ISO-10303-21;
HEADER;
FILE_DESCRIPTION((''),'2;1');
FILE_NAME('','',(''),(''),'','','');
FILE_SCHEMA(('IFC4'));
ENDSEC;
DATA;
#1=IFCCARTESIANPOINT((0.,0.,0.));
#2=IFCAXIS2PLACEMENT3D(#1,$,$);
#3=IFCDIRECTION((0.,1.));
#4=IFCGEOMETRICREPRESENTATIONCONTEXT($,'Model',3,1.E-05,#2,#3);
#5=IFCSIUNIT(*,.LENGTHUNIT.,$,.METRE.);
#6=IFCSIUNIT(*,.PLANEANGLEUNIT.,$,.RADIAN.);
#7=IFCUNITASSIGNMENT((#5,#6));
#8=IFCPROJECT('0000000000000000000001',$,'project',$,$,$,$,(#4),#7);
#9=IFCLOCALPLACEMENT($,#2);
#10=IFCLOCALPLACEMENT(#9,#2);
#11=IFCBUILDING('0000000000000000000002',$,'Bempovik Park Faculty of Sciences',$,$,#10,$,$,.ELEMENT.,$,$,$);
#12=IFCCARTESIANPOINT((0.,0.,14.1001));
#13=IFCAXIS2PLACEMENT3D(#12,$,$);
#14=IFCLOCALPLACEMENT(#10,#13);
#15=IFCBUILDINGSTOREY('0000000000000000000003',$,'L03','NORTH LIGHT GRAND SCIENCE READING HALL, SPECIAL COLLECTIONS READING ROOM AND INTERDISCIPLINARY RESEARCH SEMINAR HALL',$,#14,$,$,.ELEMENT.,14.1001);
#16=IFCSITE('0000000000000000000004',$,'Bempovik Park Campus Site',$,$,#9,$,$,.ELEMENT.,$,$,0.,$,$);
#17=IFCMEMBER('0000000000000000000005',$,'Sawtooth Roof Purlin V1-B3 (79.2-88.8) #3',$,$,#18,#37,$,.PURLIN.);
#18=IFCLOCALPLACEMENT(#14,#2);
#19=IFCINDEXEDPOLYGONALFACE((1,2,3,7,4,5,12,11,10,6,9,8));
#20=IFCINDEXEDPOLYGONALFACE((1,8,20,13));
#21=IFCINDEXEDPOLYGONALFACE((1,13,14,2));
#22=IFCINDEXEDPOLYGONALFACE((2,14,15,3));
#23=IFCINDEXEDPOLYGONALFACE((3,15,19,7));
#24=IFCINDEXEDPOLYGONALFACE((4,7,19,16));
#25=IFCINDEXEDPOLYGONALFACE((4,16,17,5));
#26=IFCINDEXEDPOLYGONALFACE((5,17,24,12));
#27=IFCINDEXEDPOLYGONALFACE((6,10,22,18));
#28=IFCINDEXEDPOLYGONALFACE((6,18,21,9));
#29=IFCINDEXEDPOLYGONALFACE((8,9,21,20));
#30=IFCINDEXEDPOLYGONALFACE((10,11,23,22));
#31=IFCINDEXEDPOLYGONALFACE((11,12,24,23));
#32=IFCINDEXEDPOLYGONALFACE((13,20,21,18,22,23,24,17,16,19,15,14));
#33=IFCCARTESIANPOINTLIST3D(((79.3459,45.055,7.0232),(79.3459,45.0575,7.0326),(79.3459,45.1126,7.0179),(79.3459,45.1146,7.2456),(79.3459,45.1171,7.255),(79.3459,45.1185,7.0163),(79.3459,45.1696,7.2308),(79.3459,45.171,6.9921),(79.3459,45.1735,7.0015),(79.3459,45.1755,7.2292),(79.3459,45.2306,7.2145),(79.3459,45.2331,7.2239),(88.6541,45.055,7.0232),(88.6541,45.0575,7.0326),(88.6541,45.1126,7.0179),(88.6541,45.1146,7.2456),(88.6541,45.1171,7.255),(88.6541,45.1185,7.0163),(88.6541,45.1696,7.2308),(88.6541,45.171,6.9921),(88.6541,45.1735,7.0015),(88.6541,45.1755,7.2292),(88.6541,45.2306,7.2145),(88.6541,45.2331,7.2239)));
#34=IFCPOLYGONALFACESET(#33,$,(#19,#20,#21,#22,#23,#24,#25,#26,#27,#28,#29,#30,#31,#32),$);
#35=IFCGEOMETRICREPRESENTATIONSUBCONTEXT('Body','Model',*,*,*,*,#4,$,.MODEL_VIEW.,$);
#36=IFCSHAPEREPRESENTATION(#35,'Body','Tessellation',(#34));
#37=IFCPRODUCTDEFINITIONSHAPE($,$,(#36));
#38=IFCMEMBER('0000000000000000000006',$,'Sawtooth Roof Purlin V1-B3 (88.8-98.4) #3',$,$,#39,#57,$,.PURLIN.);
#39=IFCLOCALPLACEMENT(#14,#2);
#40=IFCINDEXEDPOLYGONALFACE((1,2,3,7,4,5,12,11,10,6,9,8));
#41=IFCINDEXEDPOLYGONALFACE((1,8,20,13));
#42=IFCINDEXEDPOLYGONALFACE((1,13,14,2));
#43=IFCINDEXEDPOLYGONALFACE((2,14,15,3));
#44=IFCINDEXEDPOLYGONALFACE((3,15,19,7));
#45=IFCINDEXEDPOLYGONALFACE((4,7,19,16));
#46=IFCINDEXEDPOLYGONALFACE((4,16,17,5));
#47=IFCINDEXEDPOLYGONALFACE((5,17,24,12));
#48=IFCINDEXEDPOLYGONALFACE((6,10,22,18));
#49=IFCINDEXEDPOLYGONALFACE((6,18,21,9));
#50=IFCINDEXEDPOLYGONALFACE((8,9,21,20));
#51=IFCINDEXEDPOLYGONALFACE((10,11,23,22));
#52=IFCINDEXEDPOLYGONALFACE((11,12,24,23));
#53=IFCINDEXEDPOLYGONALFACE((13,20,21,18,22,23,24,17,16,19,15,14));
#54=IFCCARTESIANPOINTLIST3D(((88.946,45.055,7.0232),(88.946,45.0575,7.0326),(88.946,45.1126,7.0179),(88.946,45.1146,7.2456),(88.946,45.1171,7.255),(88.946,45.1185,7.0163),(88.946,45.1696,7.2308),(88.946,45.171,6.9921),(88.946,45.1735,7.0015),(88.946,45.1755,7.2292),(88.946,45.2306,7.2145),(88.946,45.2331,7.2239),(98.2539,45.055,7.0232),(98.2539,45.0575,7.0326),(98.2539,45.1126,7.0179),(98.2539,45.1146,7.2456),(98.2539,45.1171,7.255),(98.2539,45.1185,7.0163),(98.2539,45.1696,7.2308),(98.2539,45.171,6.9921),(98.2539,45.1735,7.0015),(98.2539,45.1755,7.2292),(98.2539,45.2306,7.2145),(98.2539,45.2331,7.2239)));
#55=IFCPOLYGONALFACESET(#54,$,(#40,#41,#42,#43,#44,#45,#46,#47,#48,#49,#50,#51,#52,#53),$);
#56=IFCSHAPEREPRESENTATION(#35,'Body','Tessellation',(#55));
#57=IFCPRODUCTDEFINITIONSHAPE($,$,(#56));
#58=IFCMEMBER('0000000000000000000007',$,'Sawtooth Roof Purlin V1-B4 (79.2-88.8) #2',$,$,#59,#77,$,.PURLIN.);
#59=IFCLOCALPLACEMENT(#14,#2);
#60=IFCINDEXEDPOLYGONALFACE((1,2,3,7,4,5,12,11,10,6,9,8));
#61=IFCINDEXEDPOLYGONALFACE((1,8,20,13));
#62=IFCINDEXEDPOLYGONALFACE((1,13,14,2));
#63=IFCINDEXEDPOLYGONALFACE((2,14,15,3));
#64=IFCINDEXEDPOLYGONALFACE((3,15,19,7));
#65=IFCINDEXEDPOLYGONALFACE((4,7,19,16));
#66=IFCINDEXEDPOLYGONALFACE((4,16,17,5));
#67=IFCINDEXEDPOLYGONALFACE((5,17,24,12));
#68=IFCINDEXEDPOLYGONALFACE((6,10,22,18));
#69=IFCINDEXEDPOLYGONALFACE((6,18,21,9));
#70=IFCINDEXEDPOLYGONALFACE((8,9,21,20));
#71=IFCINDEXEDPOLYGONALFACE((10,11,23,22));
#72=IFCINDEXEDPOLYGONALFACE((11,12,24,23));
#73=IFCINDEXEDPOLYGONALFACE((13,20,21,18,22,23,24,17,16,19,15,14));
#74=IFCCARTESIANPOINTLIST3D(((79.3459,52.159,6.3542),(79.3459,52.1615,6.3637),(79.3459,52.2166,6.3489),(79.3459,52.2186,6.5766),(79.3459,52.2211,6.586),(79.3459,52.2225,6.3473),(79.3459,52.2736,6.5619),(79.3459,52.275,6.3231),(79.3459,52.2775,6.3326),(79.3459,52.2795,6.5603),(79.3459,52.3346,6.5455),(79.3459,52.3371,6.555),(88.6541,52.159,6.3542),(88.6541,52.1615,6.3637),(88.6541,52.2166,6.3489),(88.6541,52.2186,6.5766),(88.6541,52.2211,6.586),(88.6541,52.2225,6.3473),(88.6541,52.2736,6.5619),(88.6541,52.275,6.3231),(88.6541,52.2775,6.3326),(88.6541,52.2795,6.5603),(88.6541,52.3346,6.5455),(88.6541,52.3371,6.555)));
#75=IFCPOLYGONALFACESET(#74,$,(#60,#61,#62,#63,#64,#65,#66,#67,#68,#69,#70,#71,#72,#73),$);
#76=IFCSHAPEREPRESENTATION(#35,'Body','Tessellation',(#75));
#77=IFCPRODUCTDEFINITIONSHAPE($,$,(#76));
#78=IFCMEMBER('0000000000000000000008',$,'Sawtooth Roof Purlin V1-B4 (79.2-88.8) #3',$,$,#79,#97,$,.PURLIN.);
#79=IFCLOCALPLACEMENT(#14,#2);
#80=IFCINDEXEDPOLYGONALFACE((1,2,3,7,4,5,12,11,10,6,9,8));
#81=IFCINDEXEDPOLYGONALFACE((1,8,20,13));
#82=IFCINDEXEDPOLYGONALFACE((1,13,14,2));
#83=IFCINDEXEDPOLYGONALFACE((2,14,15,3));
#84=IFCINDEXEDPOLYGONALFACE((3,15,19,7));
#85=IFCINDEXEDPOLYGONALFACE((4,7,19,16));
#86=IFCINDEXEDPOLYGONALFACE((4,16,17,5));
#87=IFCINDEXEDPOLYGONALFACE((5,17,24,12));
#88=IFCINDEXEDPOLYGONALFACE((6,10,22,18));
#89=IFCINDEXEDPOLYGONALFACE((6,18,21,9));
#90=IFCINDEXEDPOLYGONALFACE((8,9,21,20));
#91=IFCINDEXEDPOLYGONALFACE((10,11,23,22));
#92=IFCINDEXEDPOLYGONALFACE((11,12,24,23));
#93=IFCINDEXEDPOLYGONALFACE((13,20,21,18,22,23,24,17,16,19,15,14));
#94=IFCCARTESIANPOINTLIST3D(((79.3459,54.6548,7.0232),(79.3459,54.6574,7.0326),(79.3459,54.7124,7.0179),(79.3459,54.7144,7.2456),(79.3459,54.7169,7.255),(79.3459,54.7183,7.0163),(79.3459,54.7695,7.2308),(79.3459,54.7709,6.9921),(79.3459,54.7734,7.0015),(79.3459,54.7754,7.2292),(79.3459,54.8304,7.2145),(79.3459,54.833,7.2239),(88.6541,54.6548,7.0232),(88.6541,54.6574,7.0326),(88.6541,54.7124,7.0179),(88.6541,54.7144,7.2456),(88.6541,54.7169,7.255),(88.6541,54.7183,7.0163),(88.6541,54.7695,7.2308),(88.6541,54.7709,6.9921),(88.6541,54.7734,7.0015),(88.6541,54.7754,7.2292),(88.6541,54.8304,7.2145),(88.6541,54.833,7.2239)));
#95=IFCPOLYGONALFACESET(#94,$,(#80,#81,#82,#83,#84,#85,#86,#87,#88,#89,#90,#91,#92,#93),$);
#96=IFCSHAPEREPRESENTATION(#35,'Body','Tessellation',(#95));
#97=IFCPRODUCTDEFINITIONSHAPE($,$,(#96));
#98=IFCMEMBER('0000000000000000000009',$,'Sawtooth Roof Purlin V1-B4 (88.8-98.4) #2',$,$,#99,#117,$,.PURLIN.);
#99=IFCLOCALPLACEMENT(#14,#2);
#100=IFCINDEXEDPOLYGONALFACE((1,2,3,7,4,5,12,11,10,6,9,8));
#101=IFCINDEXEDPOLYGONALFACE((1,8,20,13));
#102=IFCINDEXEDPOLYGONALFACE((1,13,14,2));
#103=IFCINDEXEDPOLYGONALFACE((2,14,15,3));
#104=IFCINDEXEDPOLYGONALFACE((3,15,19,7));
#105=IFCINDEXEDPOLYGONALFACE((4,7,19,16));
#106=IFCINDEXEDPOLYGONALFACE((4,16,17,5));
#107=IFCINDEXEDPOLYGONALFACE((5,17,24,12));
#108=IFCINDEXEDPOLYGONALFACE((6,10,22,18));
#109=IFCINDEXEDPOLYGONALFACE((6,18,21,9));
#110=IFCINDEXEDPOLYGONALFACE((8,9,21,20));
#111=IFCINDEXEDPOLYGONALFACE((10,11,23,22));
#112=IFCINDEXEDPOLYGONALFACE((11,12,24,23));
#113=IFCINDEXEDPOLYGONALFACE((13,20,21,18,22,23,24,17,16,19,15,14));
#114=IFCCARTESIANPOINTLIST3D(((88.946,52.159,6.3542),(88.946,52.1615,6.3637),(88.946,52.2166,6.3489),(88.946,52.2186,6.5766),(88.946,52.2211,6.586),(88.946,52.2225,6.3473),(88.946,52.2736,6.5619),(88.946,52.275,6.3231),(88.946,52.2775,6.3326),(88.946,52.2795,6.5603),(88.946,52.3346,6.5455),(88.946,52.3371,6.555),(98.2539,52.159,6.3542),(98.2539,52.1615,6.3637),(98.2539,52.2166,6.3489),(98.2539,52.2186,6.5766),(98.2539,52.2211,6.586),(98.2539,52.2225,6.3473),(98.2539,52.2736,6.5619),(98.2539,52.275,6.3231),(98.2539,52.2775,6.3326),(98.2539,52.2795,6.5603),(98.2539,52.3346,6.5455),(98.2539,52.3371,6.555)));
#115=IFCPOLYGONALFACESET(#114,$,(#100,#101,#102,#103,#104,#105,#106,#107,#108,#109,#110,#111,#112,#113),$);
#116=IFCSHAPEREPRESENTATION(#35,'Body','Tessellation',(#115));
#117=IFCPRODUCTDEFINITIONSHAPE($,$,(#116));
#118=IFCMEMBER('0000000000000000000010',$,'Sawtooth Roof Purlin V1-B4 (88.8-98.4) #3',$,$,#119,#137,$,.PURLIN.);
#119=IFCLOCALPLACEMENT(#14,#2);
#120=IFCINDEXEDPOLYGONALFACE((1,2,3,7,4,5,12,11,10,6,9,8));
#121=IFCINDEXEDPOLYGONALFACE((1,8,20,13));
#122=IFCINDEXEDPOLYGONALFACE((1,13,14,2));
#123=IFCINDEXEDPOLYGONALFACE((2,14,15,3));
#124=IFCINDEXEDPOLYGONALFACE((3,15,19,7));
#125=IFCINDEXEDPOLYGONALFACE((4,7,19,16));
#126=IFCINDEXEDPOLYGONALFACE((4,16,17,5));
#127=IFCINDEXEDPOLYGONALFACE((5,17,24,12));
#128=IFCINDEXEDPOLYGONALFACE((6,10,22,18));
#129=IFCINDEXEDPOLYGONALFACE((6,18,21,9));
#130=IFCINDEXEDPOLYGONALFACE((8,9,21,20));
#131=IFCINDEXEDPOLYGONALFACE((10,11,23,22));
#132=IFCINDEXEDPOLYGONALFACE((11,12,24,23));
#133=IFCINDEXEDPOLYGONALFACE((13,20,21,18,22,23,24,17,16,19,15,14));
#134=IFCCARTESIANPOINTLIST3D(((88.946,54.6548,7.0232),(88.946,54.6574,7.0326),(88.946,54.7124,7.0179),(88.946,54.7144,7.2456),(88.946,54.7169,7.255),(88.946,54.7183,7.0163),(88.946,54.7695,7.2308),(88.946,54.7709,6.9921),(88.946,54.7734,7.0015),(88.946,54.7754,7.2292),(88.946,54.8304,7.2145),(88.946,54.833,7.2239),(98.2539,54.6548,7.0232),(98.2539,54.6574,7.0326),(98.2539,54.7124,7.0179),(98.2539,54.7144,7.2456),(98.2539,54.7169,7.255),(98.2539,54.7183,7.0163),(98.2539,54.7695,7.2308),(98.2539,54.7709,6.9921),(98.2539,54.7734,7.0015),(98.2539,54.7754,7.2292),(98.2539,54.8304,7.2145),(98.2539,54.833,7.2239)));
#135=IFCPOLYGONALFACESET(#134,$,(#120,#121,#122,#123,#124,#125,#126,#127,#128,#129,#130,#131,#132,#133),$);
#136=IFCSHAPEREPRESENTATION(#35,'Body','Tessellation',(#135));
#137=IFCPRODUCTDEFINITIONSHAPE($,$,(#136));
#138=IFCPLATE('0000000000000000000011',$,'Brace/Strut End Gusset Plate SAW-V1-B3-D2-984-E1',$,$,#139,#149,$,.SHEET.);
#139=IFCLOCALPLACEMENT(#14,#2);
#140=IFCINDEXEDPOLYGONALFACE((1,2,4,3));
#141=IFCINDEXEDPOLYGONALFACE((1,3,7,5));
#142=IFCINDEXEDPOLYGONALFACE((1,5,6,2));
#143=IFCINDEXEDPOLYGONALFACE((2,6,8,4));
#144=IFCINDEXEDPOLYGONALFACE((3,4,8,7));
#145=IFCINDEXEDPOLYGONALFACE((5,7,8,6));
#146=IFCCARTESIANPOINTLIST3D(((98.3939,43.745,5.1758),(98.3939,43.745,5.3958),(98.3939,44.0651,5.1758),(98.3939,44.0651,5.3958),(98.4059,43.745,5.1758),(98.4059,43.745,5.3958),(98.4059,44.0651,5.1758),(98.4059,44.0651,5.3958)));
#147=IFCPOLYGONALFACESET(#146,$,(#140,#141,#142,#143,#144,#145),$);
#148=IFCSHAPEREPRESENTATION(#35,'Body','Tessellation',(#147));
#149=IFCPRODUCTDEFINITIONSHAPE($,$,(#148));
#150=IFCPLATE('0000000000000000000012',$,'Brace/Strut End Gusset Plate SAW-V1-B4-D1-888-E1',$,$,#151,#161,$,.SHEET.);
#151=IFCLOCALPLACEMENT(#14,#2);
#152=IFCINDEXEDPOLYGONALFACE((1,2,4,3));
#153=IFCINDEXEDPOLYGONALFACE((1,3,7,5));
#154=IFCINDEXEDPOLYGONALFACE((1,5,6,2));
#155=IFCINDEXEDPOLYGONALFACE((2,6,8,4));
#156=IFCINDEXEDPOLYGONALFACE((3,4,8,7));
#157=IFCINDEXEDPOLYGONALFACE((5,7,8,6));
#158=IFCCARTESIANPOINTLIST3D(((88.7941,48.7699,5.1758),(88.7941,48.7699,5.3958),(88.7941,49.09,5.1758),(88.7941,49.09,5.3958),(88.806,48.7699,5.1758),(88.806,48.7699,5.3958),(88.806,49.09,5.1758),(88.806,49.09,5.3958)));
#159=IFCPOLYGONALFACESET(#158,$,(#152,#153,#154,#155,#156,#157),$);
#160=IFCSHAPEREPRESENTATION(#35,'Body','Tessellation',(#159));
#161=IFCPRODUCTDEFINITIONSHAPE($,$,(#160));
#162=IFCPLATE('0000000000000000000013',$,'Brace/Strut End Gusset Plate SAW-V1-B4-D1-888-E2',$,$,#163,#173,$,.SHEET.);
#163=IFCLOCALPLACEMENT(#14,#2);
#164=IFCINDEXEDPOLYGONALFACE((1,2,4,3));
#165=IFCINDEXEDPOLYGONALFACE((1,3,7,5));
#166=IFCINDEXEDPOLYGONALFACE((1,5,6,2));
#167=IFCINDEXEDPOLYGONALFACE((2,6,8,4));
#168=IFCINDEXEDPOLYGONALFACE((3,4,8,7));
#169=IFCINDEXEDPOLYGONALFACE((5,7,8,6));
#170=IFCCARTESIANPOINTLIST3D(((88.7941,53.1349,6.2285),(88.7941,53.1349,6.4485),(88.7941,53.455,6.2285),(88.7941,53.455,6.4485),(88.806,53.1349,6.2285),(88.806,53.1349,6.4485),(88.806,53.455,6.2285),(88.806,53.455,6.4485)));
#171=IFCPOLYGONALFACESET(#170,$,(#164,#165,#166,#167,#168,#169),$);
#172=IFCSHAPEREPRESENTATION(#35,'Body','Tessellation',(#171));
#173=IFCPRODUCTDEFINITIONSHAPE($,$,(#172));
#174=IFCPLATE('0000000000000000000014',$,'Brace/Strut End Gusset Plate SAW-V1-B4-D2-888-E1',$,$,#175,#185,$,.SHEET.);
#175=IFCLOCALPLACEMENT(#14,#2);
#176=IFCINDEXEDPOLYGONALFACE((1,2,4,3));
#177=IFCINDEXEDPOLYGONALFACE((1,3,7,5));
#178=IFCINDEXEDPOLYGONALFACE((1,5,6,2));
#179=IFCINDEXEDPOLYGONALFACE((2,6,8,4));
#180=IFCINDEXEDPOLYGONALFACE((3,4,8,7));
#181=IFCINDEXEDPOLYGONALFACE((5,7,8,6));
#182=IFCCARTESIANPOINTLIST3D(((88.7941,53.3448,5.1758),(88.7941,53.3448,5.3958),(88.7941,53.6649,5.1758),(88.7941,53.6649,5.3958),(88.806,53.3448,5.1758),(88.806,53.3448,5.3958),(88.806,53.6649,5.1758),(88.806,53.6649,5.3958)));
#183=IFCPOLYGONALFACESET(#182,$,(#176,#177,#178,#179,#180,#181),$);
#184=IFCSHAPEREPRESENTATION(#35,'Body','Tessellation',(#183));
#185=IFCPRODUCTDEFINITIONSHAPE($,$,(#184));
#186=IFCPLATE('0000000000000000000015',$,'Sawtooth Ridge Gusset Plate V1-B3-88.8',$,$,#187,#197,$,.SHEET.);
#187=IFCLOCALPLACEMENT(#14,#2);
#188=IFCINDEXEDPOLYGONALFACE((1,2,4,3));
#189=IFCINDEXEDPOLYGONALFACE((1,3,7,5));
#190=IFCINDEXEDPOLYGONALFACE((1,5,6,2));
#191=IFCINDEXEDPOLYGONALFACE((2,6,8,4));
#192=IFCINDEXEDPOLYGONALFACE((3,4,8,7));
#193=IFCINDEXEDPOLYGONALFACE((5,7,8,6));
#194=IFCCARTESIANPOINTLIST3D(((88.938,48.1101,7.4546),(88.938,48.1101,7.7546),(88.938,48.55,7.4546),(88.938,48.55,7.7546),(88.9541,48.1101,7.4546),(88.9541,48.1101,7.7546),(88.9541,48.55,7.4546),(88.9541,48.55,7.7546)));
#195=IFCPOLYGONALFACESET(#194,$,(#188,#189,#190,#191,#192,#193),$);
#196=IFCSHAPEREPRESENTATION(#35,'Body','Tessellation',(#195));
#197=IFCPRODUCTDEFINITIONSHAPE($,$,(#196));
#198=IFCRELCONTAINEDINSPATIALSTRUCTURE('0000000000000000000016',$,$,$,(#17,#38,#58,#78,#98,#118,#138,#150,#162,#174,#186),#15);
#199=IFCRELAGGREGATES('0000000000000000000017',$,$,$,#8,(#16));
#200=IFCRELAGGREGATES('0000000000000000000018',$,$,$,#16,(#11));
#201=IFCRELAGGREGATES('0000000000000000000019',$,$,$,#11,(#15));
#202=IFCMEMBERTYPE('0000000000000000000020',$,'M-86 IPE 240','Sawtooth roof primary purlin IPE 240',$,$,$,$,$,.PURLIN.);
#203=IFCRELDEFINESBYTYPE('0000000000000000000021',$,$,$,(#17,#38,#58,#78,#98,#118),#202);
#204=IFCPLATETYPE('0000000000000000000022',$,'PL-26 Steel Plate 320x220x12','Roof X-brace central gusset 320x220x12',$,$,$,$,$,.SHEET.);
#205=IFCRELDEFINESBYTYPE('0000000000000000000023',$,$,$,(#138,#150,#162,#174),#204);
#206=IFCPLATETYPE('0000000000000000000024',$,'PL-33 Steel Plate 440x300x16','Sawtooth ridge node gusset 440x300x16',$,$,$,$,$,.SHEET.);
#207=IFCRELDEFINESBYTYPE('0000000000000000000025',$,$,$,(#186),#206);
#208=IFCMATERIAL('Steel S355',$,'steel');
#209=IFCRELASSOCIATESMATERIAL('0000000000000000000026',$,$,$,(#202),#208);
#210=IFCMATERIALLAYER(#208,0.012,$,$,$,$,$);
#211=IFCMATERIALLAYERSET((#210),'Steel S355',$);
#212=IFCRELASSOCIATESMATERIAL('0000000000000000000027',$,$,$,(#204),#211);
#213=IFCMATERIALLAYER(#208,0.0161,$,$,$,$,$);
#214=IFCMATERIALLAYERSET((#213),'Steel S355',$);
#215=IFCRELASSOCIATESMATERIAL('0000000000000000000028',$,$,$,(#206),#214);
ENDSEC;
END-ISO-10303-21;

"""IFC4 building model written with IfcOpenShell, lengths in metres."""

from ifc_helpers import new_model, si_unit, direction, frame, origin, origin_2d, place, context, subcontext, project, spatial, rectangle, i_section, extrude, material, layer, layer_set, material_profile, profile_set, type_object, element, save


model = new_model("IFC4")

# Units and contexts
model_context = context("Model", 3, precision=1e-05, world=origin(), true_north=direction((0.0, 1.0)))
body_context = subcontext(model_context, "Body", "Model", "MODEL_VIEW")
ifc_project = project(units=[si_unit("LENGTHUNIT", "METRE"), si_unit("PLANEANGLEUNIT", "RADIAN")], contexts=[model_context])

# Site, building, storey
site_placement = place(None, origin())
site = spatial("IfcSite", under=ifc_project, at=site_placement, Name="Bempovik Park Campus Site", CompositionType="ELEMENT", RefElevation=0.0)
building_placement = place(site_placement, origin())
building = spatial("IfcBuilding", under=site, at=building_placement, Name="Bempovik Park Faculty of Sciences", CompositionType="ELEMENT")
storey_placement = place(building_placement, frame((0.0, 0.0, 14.1001)))
storey = spatial("IfcBuildingStorey", under=building, at=storey_placement, Name="L03", Description="NORTH LIGHT GRAND SCIENCE READING HALL, SPECIAL COLLECTIONS READING ROOM AND INTERDISCIPLINARY RESEARCH SEMINAR HALL", CompositionType="ELEMENT", Elevation=14.1001)

# Shared definitions
ifc_material_1 = material(Name="Steel S355", Category="steel")

# Members
ifc_material_profile_1 = material_profile(ifc_material_1, i_section(OverallWidth=0.1201, OverallDepth=0.24, WebThickness=0.0061, FlangeThickness=0.0098, at=origin_2d()), Name="IPE 240")
ifc_profile_set_1 = profile_set([ifc_material_profile_1], Name="Steel S355")
member_type_1 = type_object("IfcMemberType", Name="M-86 IPE 240", Description="Sawtooth roof primary purlin IPE 240", PredefinedType="PURLIN", material=ifc_profile_set_1)
member_1_placement = place(storey_placement, frame((79.3459, 45.144, 7.1235), z_axis=(1.0, 0.0, 0.0), x_axis=(0.0, 0.965926, -0.258819)))
element("IfcMember", 1, at=member_1_placement, inside=storey, type_object=member_type_1, Name="Sawtooth Roof Purlin V1-B3 (79.2-88.8) #3", PredefinedType="PURLIN", context=body_context, shape_type="SweptSolid", body=[
    extrude(i_section(OverallWidth=0.1201, OverallDepth=0.24, WebThickness=0.0061, FlangeThickness=0.0098, at=origin_2d()), origin(), (0.0, 0.0, 1.0), 9.3081),
])
member_2_placement = place(storey_placement, frame((88.946, 45.144, 7.1235), z_axis=(1.0, 0.0, 0.0), x_axis=(0.0, 0.965926, -0.258819)))
element("IfcMember", 2, at=member_2_placement, inside=storey, type_object=member_type_1, Name="Sawtooth Roof Purlin V1-B3 (88.8-98.4) #3", PredefinedType="PURLIN", context=body_context, shape_type="SweptSolid", body=[
    extrude(i_section(OverallWidth=0.1201, OverallDepth=0.24, WebThickness=0.0061, FlangeThickness=0.0098, at=origin_2d()), origin(), (0.0, 0.0, 1.0), 9.3079),
])
for number, where, z_axis, x_axis, name in (
    (3, (79.3459, 52.248, 6.4546), (1.0, 0.0, 0.0), (0.0, 0.965926, -0.258819), "Sawtooth Roof Purlin V1-B4 (79.2-88.8) #2"),
    (4, (79.3459, 54.7439, 7.1235), (1.0, 0.0, 0.0), (0.0, 0.965926, -0.258819), "Sawtooth Roof Purlin V1-B4 (79.2-88.8) #3"),
):
    element("IfcMember", number, at=place(storey_placement, frame(where, z_axis=z_axis, x_axis=x_axis)), inside=storey, type_object=member_type_1, Name=name, PredefinedType="PURLIN", context=body_context, shape_type="SweptSolid", body=[
        extrude(i_section(OverallWidth=0.1201, OverallDepth=0.24, WebThickness=0.0061, FlangeThickness=0.0098, at=origin_2d()), origin(), (0.0, 0.0, 1.0), 9.3081),
    ])
for number, where, z_axis, x_axis, name in (
    (5, (88.946, 52.248, 6.4546), (1.0, 0.0, 0.0), (0.0, 0.965926, -0.258819), "Sawtooth Roof Purlin V1-B4 (88.8-98.4) #2"),
    (6, (88.946, 54.7439, 7.1235), (1.0, 0.0, 0.0), (0.0, 0.965926, -0.258819), "Sawtooth Roof Purlin V1-B4 (88.8-98.4) #3"),
):
    element("IfcMember", number, at=place(storey_placement, frame(where, z_axis=z_axis, x_axis=x_axis)), inside=storey, type_object=member_type_1, Name=name, PredefinedType="PURLIN", context=body_context, shape_type="SweptSolid", body=[
        extrude(i_section(OverallWidth=0.1201, OverallDepth=0.24, WebThickness=0.0061, FlangeThickness=0.0098, at=origin_2d()), origin(), (0.0, 0.0, 1.0), 9.3079),
    ])

# Plates
ifc_layer_1 = layer(ifc_material_1, 0.012)
ifc_layer_set_1 = layer_set([ifc_layer_1], Name="Steel S355")
plate_type_1 = type_object("IfcPlateType", Name="PL-26 Steel Plate 320x220x12", Description="Roof X-brace central gusset 320x220x12", PredefinedType="SHEET", material=ifc_layer_set_1)
for number, where, z_axis, x_axis, name in (
    (7, (98.3999, 43.905, 5.1758), (0.0, 0.0, 1.0), (1.0, 0.0, 0.0), "Brace/Strut End Gusset Plate SAW-V1-B3-D2-984-E1"),
    (8, (88.8, 48.9299, 5.1758), (0.0, 0.0, 1.0), (1.0, 0.0, 0.0), "Brace/Strut End Gusset Plate SAW-V1-B4-D1-888-E1"),
    (9, (88.8, 53.2949, 6.2285), (0.0, 0.0, 1.0), (1.0, 0.0, 0.0), "Brace/Strut End Gusset Plate SAW-V1-B4-D1-888-E2"),
    (10, (88.8, 53.5049, 5.1758), (0.0, 0.0, 1.0), (1.0, 0.0, 0.0), "Brace/Strut End Gusset Plate SAW-V1-B4-D2-888-E1"),
):
    element("IfcPlate", number, at=place(storey_placement, frame(where, z_axis=z_axis, x_axis=x_axis)), inside=storey, type_object=plate_type_1, Name=name, PredefinedType="SHEET", context=body_context, shape_type="SweptSolid", body=[
        extrude(rectangle(XDim=0.012, YDim=0.3201, at=origin_2d()), origin(), (0.0, 0.0, 1.0), 0.22),
    ])
ifc_layer_2 = layer(ifc_material_1, 0.0161)
ifc_layer_set_2 = layer_set([ifc_layer_2], Name="Steel S355")
plate_type_2 = type_object("IfcPlateType", Name="PL-33 Steel Plate 440x300x16", Description="Sawtooth ridge node gusset 440x300x16", PredefinedType="SHEET", material=ifc_layer_set_2)
plate_1_placement = place(storey_placement, frame((88.946, 48.3301, 7.4546), z_axis=(0.0, 0.0, 1.0), x_axis=(1.0, 0.0, 0.0)))
element("IfcPlate", 11, at=plate_1_placement, inside=storey, type_object=plate_type_2, Name="Sawtooth Ridge Gusset Plate V1-B3-88.8", PredefinedType="SHEET", context=body_context, shape_type="SweptSolid", body=[
    extrude(rectangle(XDim=0.0161, YDim=0.4399, at=origin_2d()), origin(), (0.0, 0.0, 1.0), 0.3),
])

save(model, "model.ifc")
